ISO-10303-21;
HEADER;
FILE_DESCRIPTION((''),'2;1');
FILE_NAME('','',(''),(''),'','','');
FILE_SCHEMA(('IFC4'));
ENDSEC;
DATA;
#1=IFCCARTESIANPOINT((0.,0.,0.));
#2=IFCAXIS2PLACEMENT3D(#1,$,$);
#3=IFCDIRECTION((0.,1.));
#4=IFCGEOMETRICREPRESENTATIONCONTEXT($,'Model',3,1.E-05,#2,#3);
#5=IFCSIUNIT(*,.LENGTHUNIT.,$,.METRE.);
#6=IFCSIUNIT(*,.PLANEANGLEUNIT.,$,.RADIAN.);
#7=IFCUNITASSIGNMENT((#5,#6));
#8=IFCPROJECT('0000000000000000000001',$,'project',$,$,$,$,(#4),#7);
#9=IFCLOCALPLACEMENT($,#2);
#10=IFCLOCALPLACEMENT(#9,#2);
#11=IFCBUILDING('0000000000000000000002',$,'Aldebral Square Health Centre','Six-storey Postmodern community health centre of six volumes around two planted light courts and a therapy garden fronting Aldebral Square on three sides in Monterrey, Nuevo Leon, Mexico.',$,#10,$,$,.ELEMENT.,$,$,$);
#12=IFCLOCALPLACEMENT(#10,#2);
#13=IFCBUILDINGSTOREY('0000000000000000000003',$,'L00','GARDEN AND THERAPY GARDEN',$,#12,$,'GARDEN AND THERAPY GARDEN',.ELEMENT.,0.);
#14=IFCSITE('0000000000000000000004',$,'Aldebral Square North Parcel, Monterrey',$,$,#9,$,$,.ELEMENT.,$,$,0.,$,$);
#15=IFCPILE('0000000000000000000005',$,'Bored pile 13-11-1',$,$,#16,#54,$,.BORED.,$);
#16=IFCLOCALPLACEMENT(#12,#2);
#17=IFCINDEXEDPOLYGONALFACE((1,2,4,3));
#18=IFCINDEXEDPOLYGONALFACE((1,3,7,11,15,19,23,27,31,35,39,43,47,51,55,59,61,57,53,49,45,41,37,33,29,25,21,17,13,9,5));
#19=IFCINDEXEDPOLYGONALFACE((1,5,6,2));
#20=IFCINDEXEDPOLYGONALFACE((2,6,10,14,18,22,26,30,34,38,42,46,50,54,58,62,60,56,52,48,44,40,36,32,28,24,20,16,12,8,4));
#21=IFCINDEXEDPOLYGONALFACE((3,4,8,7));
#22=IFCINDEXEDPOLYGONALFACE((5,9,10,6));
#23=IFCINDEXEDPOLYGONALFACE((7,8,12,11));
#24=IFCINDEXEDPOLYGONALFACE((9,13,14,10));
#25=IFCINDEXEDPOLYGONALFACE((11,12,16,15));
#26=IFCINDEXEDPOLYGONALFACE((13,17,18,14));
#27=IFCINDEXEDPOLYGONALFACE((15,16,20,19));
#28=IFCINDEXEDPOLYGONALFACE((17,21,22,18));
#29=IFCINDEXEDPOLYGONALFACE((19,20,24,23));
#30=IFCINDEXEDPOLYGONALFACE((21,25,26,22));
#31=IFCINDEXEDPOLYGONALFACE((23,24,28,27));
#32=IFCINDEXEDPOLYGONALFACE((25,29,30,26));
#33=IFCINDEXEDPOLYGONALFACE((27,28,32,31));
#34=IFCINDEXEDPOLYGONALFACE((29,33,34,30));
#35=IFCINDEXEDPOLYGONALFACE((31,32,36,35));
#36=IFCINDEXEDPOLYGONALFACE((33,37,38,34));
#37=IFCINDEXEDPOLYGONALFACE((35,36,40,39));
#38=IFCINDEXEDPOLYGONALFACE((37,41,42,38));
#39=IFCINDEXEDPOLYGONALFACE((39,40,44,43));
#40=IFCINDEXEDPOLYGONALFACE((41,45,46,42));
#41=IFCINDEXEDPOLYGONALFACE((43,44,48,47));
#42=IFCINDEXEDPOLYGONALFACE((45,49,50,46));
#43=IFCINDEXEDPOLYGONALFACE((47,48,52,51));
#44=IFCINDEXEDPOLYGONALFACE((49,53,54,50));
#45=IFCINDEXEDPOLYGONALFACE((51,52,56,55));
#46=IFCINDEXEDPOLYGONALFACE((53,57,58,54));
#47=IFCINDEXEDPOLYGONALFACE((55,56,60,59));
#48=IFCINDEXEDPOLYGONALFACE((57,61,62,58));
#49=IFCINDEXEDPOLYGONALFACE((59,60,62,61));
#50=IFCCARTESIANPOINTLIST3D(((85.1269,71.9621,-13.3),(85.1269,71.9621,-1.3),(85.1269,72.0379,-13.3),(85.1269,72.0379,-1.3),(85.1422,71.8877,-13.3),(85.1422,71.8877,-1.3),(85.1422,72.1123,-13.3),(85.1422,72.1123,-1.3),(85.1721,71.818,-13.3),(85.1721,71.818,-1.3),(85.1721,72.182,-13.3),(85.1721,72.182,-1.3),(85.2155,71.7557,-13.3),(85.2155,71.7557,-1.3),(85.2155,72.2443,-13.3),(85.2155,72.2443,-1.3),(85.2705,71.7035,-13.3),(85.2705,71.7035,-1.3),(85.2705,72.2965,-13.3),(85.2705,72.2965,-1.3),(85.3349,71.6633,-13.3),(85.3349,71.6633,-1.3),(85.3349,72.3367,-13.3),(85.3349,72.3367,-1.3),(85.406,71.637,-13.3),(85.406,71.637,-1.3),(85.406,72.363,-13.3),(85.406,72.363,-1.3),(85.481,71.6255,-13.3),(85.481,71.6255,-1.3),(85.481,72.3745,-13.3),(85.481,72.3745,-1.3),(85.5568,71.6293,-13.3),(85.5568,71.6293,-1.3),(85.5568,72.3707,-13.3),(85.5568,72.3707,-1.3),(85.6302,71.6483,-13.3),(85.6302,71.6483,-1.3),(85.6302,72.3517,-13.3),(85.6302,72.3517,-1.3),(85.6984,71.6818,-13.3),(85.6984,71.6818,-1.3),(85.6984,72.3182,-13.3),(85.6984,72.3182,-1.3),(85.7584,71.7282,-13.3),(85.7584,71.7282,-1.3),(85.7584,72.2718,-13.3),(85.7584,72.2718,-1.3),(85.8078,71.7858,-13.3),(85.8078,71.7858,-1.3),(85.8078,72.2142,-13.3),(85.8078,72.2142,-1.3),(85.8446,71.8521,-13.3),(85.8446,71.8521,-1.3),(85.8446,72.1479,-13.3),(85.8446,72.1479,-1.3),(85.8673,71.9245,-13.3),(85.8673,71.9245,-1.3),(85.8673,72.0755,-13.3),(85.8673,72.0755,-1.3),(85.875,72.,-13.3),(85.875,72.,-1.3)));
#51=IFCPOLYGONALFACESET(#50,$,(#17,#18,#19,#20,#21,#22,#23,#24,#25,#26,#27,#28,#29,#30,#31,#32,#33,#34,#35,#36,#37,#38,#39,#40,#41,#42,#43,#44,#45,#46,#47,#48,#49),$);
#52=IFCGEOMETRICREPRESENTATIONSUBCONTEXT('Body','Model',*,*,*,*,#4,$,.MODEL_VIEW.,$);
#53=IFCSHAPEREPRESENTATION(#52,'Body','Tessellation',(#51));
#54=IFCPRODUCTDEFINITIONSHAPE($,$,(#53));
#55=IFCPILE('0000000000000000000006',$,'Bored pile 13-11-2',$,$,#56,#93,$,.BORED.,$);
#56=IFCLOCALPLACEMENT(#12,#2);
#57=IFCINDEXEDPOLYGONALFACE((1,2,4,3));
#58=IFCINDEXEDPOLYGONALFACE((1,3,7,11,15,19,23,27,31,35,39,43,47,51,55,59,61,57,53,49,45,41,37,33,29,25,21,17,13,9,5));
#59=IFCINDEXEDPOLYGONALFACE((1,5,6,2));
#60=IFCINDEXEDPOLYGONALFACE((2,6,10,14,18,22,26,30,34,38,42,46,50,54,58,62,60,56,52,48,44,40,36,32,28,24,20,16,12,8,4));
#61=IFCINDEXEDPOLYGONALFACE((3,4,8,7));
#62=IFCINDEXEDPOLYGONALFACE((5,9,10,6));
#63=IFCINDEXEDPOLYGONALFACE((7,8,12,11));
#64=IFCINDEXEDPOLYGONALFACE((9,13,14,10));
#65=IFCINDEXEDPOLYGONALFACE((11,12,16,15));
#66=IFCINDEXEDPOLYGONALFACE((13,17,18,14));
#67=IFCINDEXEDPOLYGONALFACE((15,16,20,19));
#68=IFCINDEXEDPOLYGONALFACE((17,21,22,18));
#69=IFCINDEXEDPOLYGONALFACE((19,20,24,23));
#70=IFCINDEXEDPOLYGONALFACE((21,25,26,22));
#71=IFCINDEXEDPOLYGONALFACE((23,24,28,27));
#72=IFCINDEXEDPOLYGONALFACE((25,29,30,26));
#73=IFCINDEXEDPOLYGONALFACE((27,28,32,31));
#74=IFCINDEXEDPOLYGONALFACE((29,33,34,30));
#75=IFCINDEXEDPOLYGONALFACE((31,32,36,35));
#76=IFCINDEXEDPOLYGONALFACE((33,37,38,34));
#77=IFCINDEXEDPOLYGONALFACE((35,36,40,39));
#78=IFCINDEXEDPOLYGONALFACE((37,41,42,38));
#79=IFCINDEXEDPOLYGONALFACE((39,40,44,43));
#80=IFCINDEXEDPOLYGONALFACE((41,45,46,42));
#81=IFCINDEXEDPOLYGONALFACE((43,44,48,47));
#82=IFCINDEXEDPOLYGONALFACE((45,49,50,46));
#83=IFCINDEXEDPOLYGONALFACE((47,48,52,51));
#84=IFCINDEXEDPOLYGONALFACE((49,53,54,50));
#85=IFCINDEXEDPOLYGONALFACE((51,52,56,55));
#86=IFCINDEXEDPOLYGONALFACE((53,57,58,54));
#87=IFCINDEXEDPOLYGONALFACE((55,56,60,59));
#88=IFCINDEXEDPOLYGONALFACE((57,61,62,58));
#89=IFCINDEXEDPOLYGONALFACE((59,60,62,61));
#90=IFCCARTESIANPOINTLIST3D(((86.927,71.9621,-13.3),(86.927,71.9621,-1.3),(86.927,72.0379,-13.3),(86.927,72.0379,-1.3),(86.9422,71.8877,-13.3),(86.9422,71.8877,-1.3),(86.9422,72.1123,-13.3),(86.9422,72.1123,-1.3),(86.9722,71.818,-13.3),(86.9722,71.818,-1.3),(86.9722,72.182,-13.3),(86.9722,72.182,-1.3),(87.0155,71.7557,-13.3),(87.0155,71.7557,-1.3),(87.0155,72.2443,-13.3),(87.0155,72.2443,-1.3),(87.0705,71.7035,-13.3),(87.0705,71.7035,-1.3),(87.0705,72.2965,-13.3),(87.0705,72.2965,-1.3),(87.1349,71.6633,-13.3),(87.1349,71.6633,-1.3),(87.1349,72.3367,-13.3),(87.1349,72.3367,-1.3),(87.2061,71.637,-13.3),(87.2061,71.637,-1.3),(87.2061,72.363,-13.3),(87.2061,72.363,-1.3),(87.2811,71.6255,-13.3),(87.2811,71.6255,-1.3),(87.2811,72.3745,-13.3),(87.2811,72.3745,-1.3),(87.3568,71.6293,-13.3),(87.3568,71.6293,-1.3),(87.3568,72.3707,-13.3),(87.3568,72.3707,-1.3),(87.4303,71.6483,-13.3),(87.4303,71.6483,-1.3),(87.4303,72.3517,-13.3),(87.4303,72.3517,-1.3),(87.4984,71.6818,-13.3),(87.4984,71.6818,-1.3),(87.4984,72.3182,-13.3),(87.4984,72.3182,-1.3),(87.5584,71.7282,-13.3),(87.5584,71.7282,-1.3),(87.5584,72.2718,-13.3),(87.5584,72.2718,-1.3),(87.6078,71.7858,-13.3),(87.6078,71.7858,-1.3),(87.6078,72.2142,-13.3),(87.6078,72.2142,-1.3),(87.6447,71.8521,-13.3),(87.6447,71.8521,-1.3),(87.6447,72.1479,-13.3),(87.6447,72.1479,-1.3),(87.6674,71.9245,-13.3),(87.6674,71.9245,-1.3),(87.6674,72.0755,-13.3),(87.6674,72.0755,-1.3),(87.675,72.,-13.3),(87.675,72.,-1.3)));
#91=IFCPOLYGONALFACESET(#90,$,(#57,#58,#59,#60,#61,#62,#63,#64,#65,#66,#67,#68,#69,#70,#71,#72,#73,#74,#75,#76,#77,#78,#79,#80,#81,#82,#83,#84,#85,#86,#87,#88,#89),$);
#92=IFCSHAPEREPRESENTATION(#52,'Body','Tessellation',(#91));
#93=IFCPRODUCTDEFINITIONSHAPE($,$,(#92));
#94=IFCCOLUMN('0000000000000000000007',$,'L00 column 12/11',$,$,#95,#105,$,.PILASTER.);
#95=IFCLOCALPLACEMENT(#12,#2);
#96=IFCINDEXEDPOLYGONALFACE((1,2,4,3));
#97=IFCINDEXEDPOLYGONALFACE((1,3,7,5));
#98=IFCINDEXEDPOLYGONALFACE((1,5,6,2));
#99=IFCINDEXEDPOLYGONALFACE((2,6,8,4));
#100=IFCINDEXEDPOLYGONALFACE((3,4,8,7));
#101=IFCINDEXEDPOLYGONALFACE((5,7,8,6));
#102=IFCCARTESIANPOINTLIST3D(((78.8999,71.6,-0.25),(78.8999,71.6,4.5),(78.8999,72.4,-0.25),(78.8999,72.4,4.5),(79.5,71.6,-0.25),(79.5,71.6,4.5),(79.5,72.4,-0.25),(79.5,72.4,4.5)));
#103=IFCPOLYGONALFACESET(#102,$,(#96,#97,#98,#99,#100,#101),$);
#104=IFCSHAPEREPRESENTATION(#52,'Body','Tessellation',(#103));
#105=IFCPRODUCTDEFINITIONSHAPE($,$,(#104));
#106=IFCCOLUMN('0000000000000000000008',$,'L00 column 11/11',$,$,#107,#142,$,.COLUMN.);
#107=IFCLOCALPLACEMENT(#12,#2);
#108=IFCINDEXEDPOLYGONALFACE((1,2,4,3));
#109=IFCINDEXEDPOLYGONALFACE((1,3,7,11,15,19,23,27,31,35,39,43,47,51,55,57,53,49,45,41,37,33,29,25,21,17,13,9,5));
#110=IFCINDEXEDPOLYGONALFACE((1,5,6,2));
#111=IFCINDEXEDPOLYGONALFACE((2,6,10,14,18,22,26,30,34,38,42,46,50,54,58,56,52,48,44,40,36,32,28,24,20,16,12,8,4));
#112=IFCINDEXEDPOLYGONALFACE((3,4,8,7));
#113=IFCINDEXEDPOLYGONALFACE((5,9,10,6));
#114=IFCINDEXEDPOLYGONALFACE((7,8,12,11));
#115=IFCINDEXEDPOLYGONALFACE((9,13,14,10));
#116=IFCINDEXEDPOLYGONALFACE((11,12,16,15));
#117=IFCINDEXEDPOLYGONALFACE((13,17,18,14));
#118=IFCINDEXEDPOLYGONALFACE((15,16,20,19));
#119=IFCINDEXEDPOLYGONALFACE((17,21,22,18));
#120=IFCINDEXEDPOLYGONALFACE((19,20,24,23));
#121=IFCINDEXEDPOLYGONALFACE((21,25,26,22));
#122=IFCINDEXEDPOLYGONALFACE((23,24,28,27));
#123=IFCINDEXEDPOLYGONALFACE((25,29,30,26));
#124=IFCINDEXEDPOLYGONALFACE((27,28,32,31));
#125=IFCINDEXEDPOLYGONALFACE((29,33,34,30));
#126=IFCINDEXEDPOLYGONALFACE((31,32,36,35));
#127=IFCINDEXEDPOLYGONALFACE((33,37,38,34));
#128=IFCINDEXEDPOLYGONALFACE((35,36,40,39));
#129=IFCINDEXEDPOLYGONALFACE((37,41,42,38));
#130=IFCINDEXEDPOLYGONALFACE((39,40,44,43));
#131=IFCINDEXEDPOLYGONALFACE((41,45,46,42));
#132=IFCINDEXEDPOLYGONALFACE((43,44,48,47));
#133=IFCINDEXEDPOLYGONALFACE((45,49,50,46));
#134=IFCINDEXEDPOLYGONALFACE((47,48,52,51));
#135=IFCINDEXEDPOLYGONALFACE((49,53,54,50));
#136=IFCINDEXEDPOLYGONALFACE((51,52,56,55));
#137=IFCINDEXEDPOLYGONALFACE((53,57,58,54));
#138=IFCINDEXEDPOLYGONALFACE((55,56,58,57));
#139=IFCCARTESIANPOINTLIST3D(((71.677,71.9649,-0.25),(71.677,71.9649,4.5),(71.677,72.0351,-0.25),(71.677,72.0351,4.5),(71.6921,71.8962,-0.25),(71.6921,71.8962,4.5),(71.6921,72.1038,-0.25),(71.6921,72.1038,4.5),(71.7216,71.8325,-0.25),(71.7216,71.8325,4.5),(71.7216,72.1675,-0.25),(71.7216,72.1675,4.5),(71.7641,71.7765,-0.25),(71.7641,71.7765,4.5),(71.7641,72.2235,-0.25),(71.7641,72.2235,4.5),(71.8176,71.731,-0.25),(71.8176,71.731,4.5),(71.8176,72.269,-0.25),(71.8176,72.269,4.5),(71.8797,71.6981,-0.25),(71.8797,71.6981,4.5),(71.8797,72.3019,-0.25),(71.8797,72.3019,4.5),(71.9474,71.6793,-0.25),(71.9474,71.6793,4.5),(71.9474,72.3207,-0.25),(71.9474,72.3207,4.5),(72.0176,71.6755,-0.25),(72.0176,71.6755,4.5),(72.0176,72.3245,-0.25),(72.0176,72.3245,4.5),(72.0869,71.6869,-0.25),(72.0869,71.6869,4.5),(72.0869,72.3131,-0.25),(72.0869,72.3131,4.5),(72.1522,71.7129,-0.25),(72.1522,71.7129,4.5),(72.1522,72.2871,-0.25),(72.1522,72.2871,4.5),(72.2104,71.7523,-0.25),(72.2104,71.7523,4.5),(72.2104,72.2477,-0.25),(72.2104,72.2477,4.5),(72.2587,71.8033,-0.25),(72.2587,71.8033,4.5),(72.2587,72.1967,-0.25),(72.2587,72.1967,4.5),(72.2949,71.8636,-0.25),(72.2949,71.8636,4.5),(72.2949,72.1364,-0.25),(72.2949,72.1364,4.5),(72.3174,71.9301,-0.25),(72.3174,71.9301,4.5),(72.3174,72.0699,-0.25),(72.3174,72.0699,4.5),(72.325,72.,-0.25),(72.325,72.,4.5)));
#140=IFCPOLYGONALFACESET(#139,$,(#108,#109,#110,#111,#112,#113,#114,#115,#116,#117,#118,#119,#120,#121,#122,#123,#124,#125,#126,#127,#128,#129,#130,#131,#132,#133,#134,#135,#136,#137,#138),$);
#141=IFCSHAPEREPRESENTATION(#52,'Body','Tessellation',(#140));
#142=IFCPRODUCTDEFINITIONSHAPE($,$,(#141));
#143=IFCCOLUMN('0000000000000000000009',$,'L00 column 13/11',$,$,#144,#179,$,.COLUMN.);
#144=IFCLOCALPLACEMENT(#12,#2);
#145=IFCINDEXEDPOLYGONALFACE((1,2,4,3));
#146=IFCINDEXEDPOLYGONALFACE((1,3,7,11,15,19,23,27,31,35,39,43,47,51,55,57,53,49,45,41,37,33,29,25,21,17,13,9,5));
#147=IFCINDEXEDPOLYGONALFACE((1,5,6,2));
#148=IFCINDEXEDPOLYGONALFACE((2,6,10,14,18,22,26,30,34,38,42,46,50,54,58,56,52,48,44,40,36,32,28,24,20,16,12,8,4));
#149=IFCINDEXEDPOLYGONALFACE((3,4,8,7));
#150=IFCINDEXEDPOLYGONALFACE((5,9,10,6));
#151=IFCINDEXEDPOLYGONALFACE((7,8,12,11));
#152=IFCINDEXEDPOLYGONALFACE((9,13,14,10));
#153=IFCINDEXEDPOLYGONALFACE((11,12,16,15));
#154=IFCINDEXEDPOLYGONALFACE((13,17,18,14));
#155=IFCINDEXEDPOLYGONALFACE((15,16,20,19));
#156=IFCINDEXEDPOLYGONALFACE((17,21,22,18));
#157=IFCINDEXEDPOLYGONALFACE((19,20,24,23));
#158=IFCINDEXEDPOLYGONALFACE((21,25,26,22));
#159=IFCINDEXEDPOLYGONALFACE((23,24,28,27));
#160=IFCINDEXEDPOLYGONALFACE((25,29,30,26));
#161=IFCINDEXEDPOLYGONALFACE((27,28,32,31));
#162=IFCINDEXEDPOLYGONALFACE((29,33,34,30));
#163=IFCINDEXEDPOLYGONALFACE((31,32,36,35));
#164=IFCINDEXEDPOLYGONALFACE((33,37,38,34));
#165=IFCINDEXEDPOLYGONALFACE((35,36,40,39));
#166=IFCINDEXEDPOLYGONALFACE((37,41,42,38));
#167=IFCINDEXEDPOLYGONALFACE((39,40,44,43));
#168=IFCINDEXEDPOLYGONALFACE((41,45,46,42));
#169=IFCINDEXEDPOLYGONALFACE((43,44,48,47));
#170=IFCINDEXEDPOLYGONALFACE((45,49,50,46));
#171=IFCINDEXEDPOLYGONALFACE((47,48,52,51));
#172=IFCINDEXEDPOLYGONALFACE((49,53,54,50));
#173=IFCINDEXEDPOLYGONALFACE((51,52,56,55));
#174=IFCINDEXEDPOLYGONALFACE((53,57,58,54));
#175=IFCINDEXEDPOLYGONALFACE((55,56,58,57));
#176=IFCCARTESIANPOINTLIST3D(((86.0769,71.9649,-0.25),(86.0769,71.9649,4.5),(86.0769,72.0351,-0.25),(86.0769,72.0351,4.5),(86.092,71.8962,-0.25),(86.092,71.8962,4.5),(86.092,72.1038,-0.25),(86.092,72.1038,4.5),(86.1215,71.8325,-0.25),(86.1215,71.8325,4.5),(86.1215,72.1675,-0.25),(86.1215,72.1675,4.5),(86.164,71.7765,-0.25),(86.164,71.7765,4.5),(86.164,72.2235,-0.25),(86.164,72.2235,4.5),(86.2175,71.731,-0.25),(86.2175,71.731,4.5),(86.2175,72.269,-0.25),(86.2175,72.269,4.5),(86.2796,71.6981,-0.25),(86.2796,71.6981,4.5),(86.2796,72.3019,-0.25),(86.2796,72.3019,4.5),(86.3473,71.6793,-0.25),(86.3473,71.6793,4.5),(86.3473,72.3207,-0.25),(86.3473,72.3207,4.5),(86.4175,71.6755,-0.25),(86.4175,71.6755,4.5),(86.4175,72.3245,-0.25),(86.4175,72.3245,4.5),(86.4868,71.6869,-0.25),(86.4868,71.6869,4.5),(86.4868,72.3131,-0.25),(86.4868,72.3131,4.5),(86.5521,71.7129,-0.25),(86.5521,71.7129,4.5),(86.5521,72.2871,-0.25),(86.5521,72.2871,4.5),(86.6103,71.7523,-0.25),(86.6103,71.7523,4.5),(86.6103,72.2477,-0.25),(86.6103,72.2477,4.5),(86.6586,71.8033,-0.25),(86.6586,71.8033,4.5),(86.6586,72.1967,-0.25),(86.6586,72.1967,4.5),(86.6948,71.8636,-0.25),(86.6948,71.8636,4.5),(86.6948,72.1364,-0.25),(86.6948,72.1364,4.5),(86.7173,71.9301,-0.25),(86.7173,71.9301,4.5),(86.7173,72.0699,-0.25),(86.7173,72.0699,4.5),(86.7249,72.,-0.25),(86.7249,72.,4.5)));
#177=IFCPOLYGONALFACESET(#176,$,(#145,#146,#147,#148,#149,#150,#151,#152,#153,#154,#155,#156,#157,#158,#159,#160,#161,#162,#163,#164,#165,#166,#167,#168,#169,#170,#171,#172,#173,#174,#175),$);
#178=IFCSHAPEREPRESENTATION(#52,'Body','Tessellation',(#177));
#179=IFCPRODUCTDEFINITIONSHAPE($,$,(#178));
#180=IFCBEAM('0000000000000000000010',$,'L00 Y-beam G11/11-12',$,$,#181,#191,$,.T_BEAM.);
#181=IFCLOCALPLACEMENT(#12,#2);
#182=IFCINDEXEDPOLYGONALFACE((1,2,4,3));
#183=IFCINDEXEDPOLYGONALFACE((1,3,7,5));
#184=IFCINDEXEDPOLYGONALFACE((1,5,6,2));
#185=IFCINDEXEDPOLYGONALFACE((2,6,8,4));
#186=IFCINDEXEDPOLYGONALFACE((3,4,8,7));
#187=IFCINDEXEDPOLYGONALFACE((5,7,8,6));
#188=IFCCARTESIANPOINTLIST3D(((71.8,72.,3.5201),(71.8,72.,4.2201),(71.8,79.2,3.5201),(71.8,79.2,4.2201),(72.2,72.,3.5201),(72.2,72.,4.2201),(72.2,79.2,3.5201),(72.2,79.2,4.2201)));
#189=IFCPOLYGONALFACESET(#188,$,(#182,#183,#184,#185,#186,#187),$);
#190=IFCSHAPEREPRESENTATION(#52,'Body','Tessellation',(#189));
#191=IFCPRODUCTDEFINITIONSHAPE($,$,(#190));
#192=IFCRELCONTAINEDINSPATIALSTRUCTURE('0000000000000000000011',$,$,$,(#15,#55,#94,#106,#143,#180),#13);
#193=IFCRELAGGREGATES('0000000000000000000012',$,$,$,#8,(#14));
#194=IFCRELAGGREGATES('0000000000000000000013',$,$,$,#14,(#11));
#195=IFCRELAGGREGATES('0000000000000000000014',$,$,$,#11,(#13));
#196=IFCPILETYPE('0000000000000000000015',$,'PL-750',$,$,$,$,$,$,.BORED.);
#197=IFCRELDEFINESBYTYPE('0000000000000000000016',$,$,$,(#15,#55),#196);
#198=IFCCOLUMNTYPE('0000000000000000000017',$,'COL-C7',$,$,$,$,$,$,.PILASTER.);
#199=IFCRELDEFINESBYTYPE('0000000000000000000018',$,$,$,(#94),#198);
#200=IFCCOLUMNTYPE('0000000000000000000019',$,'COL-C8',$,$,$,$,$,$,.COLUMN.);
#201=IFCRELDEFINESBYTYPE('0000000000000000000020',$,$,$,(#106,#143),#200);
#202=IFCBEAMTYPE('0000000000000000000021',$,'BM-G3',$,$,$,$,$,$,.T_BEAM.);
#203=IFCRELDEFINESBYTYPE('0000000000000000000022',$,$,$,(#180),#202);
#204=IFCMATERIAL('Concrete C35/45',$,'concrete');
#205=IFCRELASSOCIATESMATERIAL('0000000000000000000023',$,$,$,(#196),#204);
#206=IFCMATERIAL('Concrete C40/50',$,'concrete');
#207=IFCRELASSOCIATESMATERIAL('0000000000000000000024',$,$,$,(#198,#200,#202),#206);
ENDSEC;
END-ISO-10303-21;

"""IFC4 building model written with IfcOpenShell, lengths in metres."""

from ifc_helpers import new_model, si_unit, direction, frame, origin, origin_2d, place, context, subcontext, project, spatial, rectangle, circle, extrude, material, material_profile, profile_set, type_object, element, save


model = new_model("IFC4")

# Units and contexts
model_context = context("Model", 3, precision=1e-05, world=origin(), true_north=direction((0.0, 1.0)))
body_context = subcontext(model_context, "Body", "Model", "MODEL_VIEW")
ifc_project = project(units=[si_unit("LENGTHUNIT", "METRE"), si_unit("PLANEANGLEUNIT", "RADIAN")], contexts=[model_context])

# Site, building, storey
site_placement = place(None, origin())
site = spatial("IfcSite", under=ifc_project, at=site_placement, Name="Aldebral Square North Parcel, Monterrey", CompositionType="ELEMENT", RefElevation=0.0)
building_placement = place(site_placement, origin())
building = spatial("IfcBuilding", under=site, at=building_placement, Name="Aldebral Square Health Centre", Description="Six-storey Postmodern community health centre of six volumes around two planted light courts and a therapy garden fronting Aldebral Square on three sides in Monterrey, Nuevo Leon, Mexico.", CompositionType="ELEMENT")
storey_placement = place(building_placement, origin())
storey = spatial("IfcBuildingStorey", under=building, at=storey_placement, Name="L00", Description="GARDEN AND THERAPY GARDEN", LongName="GARDEN AND THERAPY GARDEN", CompositionType="ELEMENT", Elevation=0.0)

# Shared definitions
ifc_material_1 = material(Name="Concrete C35/45", Category="concrete")

# Piles
ifc_material_profile_1 = material_profile(ifc_material_1, circle(Radius=0.375, at=origin_2d()), Name="PILE D750")
ifc_profile_set_1 = profile_set([ifc_material_profile_1], Name="Concrete C35/45")
pile_type = type_object("IfcPileType", Name="PL-750", PredefinedType="BORED", material=ifc_profile_set_1)
for number, where, z_axis, x_axis, name in (
    (1, (85.5, 72.0, -1.3), (0.0, 0.0, -1.0), (1.0, 0.0, 0.0), "Bored pile 13-11-1"),
    (2, (87.3, 72.0, -1.3), (0.0, 0.0, -1.0), (1.0, 0.0, 0.0), "Bored pile 13-11-2"),
):
    element("IfcPile", number, at=place(storey_placement, frame(where, z_axis=z_axis, x_axis=x_axis)), inside=storey, type_object=pile_type, Name=name, PredefinedType="BORED", context=body_context, shape_type="SweptSolid", body=[
        extrude(circle(Radius=0.375, at=origin_2d()), origin(), (0.0, 0.0, 1.0), 12.0),
    ])

# Columns
ifc_material_2 = material(Name="Concrete C40/50", Category="concrete")
ifc_material_profile_2 = material_profile(ifc_material_2, rectangle(XDim=0.6001, YDim=0.8, at=origin_2d()), Name="RC 600x800")
ifc_profile_set_2 = profile_set([ifc_material_profile_2], Name="Concrete C40/50")
column_type_1 = type_object("IfcColumnType", Name="COL-C7", PredefinedType="PILASTER", material=ifc_profile_set_2)
column_placement = place(storey_placement, frame((79.2, 72.0, -0.25), z_axis=(0.0, 0.0, 1.0), x_axis=(1.0, 0.0, 0.0)))
element("IfcColumn", 3, at=column_placement, inside=storey, type_object=column_type_1, Name="L00 column 12/11", PredefinedType="PILASTER", context=body_context, shape_type="SweptSolid", body=[
    extrude(rectangle(XDim=0.6001, YDim=0.8, at=origin_2d()), origin(), (0.0, 0.0, 1.0), 4.75),
])
ifc_material_profile_3 = material_profile(ifc_material_2, circle(Radius=0.325, at=origin_2d()), Name="RC D650")
ifc_profile_set_3 = profile_set([ifc_material_profile_3], Name="Concrete C40/50")
column_type_2 = type_object("IfcColumnType", Name="COL-C8", PredefinedType="COLUMN", material=ifc_profile_set_3)
for number, where, z_axis, x_axis, name in (
    (4, (72.0, 72.0, -0.25), (0.0, 0.0, 1.0), (1.0, 0.0, 0.0), "L00 column 11/11"),
    (5, (86.3999, 72.0, -0.25), (0.0, 0.0, 1.0), (1.0, 0.0, 0.0), "L00 column 13/11"),
):
    element("IfcColumn", number, at=place(storey_placement, frame(where, z_axis=z_axis, x_axis=x_axis)), inside=storey, type_object=column_type_2, Name=name, PredefinedType="COLUMN", context=body_context, shape_type="SweptSolid", body=[
        extrude(circle(Radius=0.325, at=origin_2d()), origin(), (0.0, 0.0, 1.0), 4.75),
    ])

# Beam
ifc_material_profile_4 = material_profile(ifc_material_2, rectangle(XDim=0.3999, YDim=0.7, at=origin_2d()), Name="RC 400x700")
ifc_profile_set_4 = profile_set([ifc_material_profile_4], Name="Concrete C40/50")
beam_type = type_object("IfcBeamType", Name="BM-G3", PredefinedType="T_BEAM", material=ifc_profile_set_4)
beam_placement = place(storey_placement, frame((72.0, 72.0, 3.8701), z_axis=(0.0, 1.0, 0.0), x_axis=(-1.0, 0.0, 0.0)))
element("IfcBeam", 6, at=beam_placement, inside=storey, type_object=beam_type, Name="L00 Y-beam G11/11-12", PredefinedType="T_BEAM", context=body_context, shape_type="SweptSolid", body=[
    extrude(rectangle(XDim=0.3999, YDim=0.7, at=origin_2d()), origin(), (0.0, 0.0, 1.0), 7.2),
])

save(model, "model.ifc")
